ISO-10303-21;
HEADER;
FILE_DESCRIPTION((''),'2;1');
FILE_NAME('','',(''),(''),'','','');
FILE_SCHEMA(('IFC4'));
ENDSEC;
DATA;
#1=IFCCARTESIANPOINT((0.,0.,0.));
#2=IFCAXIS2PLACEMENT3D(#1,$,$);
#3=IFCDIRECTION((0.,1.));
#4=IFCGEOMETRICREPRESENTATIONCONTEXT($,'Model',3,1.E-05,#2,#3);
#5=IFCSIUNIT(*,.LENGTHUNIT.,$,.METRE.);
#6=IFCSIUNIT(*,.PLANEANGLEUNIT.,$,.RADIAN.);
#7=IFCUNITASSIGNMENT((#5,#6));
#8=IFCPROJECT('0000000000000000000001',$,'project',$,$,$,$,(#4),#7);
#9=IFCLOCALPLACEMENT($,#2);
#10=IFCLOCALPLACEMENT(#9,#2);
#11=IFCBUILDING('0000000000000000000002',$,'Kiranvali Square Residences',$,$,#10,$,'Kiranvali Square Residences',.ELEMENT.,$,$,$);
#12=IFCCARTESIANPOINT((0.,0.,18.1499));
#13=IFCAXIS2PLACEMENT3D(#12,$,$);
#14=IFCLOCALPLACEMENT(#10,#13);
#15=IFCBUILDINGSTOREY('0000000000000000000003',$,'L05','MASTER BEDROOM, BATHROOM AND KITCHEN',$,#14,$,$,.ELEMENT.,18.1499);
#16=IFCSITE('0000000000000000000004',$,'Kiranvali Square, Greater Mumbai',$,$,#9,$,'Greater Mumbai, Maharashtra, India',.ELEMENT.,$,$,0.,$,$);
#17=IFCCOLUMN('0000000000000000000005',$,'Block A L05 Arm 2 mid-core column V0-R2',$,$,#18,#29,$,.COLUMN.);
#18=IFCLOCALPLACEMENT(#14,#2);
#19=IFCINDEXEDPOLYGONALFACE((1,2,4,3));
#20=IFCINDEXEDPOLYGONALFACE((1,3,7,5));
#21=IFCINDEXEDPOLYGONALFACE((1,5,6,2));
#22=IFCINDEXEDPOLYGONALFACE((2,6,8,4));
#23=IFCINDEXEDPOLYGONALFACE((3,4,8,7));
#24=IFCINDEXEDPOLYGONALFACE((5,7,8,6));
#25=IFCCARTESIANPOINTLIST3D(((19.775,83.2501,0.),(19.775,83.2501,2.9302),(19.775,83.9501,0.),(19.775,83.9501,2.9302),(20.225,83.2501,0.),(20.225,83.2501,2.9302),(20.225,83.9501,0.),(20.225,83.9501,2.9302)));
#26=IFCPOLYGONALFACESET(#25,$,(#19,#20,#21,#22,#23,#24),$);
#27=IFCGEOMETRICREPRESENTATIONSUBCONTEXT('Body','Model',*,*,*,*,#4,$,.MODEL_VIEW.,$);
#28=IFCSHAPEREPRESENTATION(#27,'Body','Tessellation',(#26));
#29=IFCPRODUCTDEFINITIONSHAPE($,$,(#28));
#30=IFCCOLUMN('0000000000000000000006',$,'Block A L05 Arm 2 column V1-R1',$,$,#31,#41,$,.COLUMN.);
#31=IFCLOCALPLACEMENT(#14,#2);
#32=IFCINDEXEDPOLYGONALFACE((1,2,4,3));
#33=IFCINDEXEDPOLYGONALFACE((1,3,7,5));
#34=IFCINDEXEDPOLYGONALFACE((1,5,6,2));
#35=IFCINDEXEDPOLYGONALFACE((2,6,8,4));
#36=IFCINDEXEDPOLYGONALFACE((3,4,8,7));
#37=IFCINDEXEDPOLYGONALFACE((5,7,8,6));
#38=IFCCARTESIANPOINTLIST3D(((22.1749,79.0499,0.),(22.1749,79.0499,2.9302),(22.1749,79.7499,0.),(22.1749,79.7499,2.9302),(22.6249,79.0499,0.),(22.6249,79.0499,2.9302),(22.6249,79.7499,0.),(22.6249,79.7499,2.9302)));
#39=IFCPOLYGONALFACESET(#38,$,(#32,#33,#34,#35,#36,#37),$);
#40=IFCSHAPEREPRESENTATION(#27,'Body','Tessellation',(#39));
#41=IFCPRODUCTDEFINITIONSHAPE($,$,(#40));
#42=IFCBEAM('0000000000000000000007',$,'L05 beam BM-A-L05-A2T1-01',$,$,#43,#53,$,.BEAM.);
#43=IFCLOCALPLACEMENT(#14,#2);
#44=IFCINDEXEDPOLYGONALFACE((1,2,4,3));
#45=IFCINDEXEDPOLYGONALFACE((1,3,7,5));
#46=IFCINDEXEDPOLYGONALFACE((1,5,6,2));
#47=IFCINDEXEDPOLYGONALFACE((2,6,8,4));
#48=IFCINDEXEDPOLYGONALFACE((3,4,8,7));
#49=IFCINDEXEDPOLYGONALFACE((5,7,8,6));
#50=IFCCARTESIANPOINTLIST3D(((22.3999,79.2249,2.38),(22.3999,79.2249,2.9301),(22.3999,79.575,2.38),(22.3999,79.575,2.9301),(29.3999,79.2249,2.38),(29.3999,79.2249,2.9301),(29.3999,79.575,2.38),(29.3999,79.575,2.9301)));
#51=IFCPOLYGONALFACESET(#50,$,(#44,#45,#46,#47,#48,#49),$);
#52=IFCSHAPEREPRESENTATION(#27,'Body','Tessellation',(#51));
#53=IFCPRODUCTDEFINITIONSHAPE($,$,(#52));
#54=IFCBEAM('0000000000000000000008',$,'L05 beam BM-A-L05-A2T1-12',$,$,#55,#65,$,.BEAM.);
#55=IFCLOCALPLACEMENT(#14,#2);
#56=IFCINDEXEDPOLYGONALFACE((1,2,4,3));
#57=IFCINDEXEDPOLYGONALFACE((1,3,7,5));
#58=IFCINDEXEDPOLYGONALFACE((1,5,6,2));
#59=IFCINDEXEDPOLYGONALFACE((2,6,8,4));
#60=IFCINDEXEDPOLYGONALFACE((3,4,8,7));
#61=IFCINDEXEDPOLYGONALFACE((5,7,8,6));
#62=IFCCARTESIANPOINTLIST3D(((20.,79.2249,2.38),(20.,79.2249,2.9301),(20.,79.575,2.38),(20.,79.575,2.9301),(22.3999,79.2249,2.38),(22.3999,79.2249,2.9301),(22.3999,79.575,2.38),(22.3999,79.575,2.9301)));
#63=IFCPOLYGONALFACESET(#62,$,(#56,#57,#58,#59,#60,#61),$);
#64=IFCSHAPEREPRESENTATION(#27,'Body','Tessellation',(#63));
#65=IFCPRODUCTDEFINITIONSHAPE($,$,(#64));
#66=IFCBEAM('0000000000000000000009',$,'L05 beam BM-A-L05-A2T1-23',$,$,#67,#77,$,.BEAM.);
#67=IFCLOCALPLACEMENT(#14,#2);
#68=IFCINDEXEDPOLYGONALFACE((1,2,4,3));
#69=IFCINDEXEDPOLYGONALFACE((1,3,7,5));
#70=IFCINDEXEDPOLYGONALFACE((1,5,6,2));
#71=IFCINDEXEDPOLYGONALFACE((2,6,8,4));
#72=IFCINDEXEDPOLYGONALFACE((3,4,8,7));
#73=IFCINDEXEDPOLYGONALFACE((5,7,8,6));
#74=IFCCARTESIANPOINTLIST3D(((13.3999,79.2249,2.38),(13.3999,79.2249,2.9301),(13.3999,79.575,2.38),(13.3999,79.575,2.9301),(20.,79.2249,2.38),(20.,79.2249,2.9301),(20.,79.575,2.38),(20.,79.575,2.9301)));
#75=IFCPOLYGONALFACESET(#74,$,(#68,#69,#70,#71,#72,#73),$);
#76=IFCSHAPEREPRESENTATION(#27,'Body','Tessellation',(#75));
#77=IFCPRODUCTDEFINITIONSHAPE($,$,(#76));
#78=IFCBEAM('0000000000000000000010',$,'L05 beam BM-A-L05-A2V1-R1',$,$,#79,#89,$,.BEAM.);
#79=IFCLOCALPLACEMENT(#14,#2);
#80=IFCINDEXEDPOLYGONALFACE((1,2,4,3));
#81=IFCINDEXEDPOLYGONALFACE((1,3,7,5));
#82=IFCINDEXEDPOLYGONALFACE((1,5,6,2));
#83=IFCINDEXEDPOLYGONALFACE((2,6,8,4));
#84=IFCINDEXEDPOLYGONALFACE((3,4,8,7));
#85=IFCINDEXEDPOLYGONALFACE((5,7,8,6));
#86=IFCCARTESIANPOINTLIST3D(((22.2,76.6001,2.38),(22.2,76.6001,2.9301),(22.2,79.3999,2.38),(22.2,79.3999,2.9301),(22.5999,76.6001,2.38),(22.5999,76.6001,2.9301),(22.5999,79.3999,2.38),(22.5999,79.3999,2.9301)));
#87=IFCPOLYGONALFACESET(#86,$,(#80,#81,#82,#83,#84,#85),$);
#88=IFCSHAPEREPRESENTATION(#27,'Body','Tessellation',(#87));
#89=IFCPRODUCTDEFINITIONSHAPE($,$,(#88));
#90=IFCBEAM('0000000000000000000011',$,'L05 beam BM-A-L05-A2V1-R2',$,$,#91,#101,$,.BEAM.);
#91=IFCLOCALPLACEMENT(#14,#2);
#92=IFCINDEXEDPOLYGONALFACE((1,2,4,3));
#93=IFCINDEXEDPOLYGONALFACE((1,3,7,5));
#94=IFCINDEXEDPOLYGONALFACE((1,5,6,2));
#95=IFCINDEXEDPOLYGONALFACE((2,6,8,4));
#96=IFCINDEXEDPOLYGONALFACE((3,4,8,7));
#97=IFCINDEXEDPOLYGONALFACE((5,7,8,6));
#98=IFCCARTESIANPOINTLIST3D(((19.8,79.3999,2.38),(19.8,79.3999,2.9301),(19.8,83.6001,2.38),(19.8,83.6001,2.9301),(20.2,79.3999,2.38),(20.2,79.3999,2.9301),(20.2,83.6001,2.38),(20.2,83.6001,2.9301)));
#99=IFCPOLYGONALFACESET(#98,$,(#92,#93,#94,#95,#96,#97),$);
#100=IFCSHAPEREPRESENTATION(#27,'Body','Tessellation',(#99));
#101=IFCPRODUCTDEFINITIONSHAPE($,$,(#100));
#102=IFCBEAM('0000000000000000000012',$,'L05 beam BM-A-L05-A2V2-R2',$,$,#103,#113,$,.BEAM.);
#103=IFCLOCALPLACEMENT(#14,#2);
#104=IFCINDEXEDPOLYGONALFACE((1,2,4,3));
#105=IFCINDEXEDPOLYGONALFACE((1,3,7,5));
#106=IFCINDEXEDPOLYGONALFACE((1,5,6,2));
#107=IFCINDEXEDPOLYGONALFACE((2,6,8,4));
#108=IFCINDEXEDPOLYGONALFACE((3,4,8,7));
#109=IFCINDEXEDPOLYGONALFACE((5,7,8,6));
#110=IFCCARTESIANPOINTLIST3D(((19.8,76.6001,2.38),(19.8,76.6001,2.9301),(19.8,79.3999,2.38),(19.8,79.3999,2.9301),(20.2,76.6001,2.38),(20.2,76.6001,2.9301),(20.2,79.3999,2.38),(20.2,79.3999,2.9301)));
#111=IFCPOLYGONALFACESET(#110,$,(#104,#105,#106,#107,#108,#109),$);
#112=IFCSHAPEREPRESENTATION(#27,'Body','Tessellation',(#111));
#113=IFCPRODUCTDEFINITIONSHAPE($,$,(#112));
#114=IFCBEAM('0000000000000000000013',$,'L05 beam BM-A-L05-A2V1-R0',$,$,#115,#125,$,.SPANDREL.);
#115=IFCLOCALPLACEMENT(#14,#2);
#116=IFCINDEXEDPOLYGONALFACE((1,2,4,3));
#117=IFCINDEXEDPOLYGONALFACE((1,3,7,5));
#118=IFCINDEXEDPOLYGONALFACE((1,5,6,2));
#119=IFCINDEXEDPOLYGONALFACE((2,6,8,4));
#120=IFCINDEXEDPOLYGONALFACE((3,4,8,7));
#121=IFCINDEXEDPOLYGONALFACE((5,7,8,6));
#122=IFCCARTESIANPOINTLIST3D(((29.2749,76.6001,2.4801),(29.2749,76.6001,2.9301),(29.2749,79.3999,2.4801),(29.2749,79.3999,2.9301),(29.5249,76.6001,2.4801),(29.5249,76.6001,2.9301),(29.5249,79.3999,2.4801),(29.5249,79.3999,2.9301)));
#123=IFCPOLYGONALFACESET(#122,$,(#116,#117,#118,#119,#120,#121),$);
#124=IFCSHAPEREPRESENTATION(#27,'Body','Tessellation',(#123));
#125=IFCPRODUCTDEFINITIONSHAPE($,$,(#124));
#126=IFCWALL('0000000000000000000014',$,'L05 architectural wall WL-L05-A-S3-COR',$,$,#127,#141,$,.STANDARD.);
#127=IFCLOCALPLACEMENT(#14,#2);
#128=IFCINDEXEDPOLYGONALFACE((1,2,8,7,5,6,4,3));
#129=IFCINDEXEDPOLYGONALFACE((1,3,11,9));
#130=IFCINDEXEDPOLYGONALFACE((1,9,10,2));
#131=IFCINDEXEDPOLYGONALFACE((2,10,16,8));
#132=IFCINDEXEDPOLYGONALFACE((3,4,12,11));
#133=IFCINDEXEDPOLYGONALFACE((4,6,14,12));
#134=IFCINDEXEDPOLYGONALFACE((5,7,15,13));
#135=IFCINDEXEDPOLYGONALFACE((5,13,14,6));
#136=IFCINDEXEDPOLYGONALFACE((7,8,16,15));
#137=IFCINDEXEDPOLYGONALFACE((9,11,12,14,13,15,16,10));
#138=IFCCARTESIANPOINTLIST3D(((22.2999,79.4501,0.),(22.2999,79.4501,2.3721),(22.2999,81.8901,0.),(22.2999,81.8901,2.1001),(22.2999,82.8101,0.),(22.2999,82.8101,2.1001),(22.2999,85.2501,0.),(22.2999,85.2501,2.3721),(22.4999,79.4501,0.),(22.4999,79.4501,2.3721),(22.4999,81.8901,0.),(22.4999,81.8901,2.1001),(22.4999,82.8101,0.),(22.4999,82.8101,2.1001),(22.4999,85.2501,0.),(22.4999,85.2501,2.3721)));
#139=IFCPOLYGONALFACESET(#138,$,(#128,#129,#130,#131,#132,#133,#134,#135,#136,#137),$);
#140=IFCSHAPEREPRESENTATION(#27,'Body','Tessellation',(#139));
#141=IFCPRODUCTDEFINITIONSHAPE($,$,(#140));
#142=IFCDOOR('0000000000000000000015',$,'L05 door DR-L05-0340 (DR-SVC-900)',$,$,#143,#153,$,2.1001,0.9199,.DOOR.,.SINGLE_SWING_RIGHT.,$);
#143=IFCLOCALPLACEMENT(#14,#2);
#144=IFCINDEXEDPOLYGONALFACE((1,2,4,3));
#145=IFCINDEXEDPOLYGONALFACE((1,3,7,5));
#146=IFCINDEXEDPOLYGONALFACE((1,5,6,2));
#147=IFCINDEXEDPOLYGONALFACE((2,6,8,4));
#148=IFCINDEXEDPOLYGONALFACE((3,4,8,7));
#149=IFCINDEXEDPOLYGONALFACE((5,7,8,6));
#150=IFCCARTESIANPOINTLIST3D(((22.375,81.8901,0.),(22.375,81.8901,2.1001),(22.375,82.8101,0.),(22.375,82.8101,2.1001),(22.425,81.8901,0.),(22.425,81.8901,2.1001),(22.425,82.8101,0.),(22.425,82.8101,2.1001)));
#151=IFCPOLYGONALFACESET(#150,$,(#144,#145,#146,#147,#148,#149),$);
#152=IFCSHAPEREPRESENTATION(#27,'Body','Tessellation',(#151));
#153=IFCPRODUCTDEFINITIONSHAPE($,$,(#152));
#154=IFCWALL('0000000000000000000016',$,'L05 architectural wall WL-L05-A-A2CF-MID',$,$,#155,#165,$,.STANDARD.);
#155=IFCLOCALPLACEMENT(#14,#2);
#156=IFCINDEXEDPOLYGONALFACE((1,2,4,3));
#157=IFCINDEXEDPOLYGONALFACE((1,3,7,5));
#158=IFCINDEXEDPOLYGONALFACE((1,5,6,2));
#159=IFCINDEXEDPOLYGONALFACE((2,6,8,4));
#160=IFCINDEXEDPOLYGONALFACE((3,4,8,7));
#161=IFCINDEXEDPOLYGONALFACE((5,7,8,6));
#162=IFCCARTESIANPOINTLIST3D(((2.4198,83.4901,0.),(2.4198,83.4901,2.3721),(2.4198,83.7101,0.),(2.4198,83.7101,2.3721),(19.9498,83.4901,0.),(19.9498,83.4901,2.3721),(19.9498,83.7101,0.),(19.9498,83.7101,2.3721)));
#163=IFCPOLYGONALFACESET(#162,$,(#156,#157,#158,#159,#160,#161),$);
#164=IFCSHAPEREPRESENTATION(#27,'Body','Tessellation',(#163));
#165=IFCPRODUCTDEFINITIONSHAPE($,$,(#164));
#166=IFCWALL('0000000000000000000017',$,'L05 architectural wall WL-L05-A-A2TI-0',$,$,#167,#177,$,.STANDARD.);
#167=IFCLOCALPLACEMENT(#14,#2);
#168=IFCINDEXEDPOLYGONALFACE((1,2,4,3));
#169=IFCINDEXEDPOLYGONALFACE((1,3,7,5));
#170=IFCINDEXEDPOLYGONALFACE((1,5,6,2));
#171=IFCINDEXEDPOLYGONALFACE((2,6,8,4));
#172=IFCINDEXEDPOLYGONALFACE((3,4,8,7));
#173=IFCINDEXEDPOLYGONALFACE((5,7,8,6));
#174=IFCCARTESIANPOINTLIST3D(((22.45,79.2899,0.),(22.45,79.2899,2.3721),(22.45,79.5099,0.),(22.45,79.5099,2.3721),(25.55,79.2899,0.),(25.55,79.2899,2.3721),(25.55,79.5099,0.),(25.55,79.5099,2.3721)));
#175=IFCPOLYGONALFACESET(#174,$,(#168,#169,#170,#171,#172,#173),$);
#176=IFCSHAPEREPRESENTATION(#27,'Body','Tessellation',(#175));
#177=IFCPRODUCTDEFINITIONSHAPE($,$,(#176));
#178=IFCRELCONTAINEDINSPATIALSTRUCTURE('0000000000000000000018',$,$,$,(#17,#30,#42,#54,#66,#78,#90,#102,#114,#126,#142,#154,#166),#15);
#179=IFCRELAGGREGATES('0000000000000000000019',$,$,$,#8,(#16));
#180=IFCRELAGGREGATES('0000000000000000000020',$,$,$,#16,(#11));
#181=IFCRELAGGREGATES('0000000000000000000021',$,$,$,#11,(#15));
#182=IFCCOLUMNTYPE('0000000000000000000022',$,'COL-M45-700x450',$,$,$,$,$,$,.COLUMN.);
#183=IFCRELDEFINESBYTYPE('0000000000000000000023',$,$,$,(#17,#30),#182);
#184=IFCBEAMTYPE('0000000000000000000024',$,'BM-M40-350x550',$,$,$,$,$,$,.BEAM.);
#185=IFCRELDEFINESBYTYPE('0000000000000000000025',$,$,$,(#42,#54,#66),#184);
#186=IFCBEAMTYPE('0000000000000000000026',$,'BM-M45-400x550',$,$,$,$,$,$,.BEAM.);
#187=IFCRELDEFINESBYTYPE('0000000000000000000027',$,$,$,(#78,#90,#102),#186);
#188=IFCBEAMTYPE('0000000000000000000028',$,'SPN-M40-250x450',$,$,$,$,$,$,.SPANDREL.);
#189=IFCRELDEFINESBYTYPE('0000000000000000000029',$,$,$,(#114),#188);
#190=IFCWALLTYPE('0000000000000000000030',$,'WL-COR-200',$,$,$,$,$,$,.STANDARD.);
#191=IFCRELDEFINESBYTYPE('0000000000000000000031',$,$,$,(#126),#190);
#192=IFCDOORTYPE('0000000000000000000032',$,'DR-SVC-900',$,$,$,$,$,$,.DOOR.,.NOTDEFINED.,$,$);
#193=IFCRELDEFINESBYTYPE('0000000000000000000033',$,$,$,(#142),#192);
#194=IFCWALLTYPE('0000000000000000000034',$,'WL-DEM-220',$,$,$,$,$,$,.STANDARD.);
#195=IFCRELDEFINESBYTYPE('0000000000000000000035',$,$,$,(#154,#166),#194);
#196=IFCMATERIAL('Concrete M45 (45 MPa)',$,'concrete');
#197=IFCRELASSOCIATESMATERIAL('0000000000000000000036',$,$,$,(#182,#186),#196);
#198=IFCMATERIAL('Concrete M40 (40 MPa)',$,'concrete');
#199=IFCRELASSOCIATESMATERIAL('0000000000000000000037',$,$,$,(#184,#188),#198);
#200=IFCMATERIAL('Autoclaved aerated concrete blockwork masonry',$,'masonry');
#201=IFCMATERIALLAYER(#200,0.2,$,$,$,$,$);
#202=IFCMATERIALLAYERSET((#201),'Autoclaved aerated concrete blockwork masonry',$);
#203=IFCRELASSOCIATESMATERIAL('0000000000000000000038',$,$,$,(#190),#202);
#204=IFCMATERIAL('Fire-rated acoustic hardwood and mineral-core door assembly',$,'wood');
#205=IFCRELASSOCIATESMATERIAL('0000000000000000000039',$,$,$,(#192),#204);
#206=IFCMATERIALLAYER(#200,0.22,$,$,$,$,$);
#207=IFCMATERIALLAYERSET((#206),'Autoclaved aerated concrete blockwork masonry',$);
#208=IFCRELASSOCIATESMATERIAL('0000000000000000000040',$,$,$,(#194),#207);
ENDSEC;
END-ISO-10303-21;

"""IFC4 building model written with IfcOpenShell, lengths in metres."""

from ifc_helpers import new_model, si_unit, direction, frame, frame_2d, origin, origin_2d, place, context, subcontext, project, spatial, rectangle, extrude, material, layer, layer_set, material_profile, profile_set, type_object, element, fill, save


model = new_model("IFC4")

# Units and contexts
model_context = context("Model", 3, precision=1e-05, world=origin(), true_north=direction((0.0, 1.0)))
body_context = subcontext(model_context, "Body", "Model", "MODEL_VIEW")
ifc_project = project(units=[si_unit("LENGTHUNIT", "METRE"), si_unit("PLANEANGLEUNIT", "RADIAN")], contexts=[model_context])

# Site, building, storey
site_placement = place(None, origin())
site = spatial("IfcSite", under=ifc_project, at=site_placement, Name="Kiranvali Square, Greater Mumbai", LongName="Greater Mumbai, Maharashtra, India", CompositionType="ELEMENT", RefElevation=0.0)
building_placement = place(site_placement, origin())
building = spatial("IfcBuilding", under=site, at=building_placement, Name="Kiranvali Square Residences", LongName="Kiranvali Square Residences", CompositionType="ELEMENT")
storey_placement = place(building_placement, frame((0.0, 0.0, 18.1499)))
storey = spatial("IfcBuildingStorey", under=building, at=storey_placement, Name="L05", Description="MASTER BEDROOM, BATHROOM AND KITCHEN", CompositionType="ELEMENT", Elevation=18.1499)

# Columns
ifc_material_1 = material(Name="Concrete M45 (45 MPa)", Category="concrete")
ifc_material_profile_1 = material_profile(ifc_material_1, rectangle(XDim=0.45, YDim=0.7, at=origin_2d()), Name="RC 700x450")
ifc_profile_set_1 = profile_set([ifc_material_profile_1], Name="Concrete M45 (45 MPa)")
column_type = type_object("IfcColumnType", Name="COL-M45-700x450", PredefinedType="COLUMN", material=ifc_profile_set_1)
for number, where, z_axis, x_axis, name in (
    (1, (20.0, 83.6001, 0.0), (0.0, 0.0, 1.0), (1.0, 0.0, 0.0), "Block A L05 Arm 2 mid-core column V0-R2"),
    (2, (22.3999, 79.3999, 0.0), (0.0, 0.0, 1.0), (1.0, 0.0, 0.0), "Block A L05 Arm 2 column V1-R1"),
):
    element("IfcColumn", number, at=place(storey_placement, frame(where, z_axis=z_axis, x_axis=x_axis)), inside=storey, type_object=column_type, Name=name, PredefinedType="COLUMN", context=body_context, shape_type="SweptSolid", body=[
        extrude(rectangle(XDim=0.45, YDim=0.7, at=origin_2d()), origin(), (0.0, 0.0, 1.0), 2.9302),
    ])

# Beams
ifc_material_2 = material(Name="Concrete M40 (40 MPa)", Category="concrete")
ifc_material_profile_2 = material_profile(ifc_material_2, rectangle(XDim=0.3501, YDim=0.55, at=origin_2d()), Name="RC 350x550")
ifc_profile_set_2 = profile_set([ifc_material_profile_2], Name="Concrete M40 (40 MPa)")
beam_type_1 = type_object("IfcBeamType", Name="BM-M40-350x550", PredefinedType="BEAM", material=ifc_profile_set_2)
beam_1_placement = place(storey_placement, frame((29.3999, 79.3999, 2.655), z_axis=(-1.0, 0.0, 0.0), x_axis=(0.0, -1.0, 0.0)))
element("IfcBeam", 3, at=beam_1_placement, inside=storey, type_object=beam_type_1, Name="L05 beam BM-A-L05-A2T1-01", PredefinedType="BEAM", context=body_context, shape_type="SweptSolid", body=[
    extrude(rectangle(XDim=0.3501, YDim=0.55, at=origin_2d()), origin(), (0.0, 0.0, 1.0), 7.0),
])
beam_2_placement = place(storey_placement, frame((22.3999, 79.3999, 2.655), z_axis=(-1.0, 0.0, 0.0), x_axis=(0.0, -1.0, 0.0)))
element("IfcBeam", 4, at=beam_2_placement, inside=storey, type_object=beam_type_1, Name="L05 beam BM-A-L05-A2T1-12", PredefinedType="BEAM", context=body_context, shape_type="SweptSolid", body=[
    extrude(rectangle(XDim=0.3501, YDim=0.55, at=origin_2d()), origin(), (0.0, 0.0, 1.0), 2.3999),
])
beam_3_placement = place(storey_placement, frame((20.0, 79.3999, 2.655), z_axis=(-1.0, 0.0, 0.0), x_axis=(0.0, -1.0, 0.0)))
element("IfcBeam", 5, at=beam_3_placement, inside=storey, type_object=beam_type_1, Name="L05 beam BM-A-L05-A2T1-23", PredefinedType="BEAM", context=body_context, shape_type="SweptSolid", body=[
    extrude(rectangle(XDim=0.3501, YDim=0.55, at=origin_2d()), origin(), (0.0, 0.0, 1.0), 6.6001),
])
ifc_material_profile_3 = material_profile(ifc_material_1, rectangle(XDim=0.3999, YDim=0.55, at=origin_2d()), Name="RC 400x550")
ifc_profile_set_3 = profile_set([ifc_material_profile_3], Name="Concrete M45 (45 MPa)")
beam_type_2 = type_object("IfcBeamType", Name="BM-M45-400x550", PredefinedType="BEAM", material=ifc_profile_set_3)
beam_4_placement = place(storey_placement, frame((22.3999, 79.3999, 2.655), z_axis=(0.0, -1.0, 0.0), x_axis=(1.0, 0.0, 0.0)))
element("IfcBeam", 6, at=beam_4_placement, inside=storey, type_object=beam_type_2, Name="L05 beam BM-A-L05-A2V1-R1", PredefinedType="BEAM", context=body_context, shape_type="SweptSolid", body=[
    extrude(rectangle(XDim=0.3999, YDim=0.55, at=origin_2d()), origin(), (0.0, 0.0, 1.0), 2.7998),
])
beam_5_placement = place(storey_placement, frame((20.0, 83.6001, 2.655), z_axis=(0.0, -1.0, 0.0), x_axis=(1.0, 0.0, 0.0)))
element("IfcBeam", 7, at=beam_5_placement, inside=storey, type_object=beam_type_2, Name="L05 beam BM-A-L05-A2V1-R2", PredefinedType="BEAM", context=body_context, shape_type="SweptSolid", body=[
    extrude(rectangle(XDim=0.3999, YDim=0.55, at=origin_2d()), origin(), (0.0, 0.0, 1.0), 4.2002),
])
beam_6_placement = place(storey_placement, frame((20.0, 79.3999, 2.655), z_axis=(0.0, -1.0, 0.0), x_axis=(1.0, 0.0, 0.0)))
element("IfcBeam", 8, at=beam_6_placement, inside=storey, type_object=beam_type_2, Name="L05 beam BM-A-L05-A2V2-R2", PredefinedType="BEAM", context=body_context, shape_type="SweptSolid", body=[
    extrude(rectangle(XDim=0.3999, YDim=0.55, at=origin_2d()), origin(), (0.0, 0.0, 1.0), 2.7998),
])
ifc_material_profile_4 = material_profile(ifc_material_2, rectangle(XDim=0.25, YDim=0.45, at=origin_2d()), Name="RC 250x450")
ifc_profile_set_4 = profile_set([ifc_material_profile_4], Name="Concrete M40 (40 MPa)")
beam_type_3 = type_object("IfcBeamType", Name="SPN-M40-250x450", PredefinedType="SPANDREL", material=ifc_profile_set_4)
beam_7_placement = place(storey_placement, frame((29.3999, 79.3999, 2.7051), z_axis=(0.0, -1.0, 0.0), x_axis=(1.0, 0.0, 0.0)))
element("IfcBeam", 9, at=beam_7_placement, inside=storey, type_object=beam_type_3, Name="L05 beam BM-A-L05-A2V1-R0", PredefinedType="SPANDREL", context=body_context, shape_type="SweptSolid", body=[
    extrude(rectangle(XDim=0.25, YDim=0.45, at=origin_2d()), origin(), (0.0, 0.0, 1.0), 2.7998),
])

# Wall, opening, door
ifc_material_3 = material(Name="Autoclaved aerated concrete blockwork masonry", Category="masonry")
ifc_layer_1 = layer(ifc_material_3, 0.2)
ifc_layer_set_1 = layer_set([ifc_layer_1], Name="Autoclaved aerated concrete blockwork masonry")
wall_type_1 = type_object("IfcWallType", Name="WL-COR-200", PredefinedType="STANDARD", material=ifc_layer_set_1)
wall_1_placement = place(storey_placement, frame((22.3999, 85.25, 0.0), z_axis=(0.0, 0.0, 1.0), x_axis=(0.0, -1.0, 0.0)))
wall_1 = element("IfcWall", 10, at=wall_1_placement, inside=storey, type_object=wall_type_1, Name="L05 architectural wall WL-L05-A-S3-COR", PredefinedType="STANDARD", context=body_context, shape_type="SweptSolid", body=[
    extrude(rectangle(XDim=5.8, YDim=0.2, at=frame_2d((2.8999, 0.0))), origin(), (0.0, 0.0, 1.0), 2.3721),
])
opening_1_placement = place(wall_1_placement, frame((2.4399, 0.0, 0.0)))
opening_1 = element("IfcOpeningElement", 11, at=opening_1_placement, cuts=wall_1, PredefinedType="OPENING", context=body_context, shape_type="SweptSolid", body=[
    extrude(rectangle(XDim=0.9199, YDim=2.1001, at=frame_2d((0.46, 1.05))), frame((0.0, 0.1099, 0.0), z_axis=(0.0, -1.0, 0.0), x_axis=(1.0, 0.0, 0.0)), (0.0, 0.0, 1.0), 0.22),
])
ifc_material_4 = material(Name="Fire-rated acoustic hardwood and mineral-core door assembly", Category="wood")
door_type_1 = type_object("IfcDoorType", Name="DR-SVC-900", OperationType="NOTDEFINED", PredefinedType="DOOR", material=ifc_material_4)
door_1_placement = place(opening_1_placement, frame((0.9199, 0.0, 0.0), z_axis=(0.0, 0.0, 1.0), x_axis=(-1.0, 0.0, 0.0)))
door_1 = element("IfcDoor", 12, at=door_1_placement, inside=storey, type_object=door_type_1, Name="L05 door DR-L05-0340 (DR-SVC-900)", OperationType="SINGLE_SWING_RIGHT", OverallHeight=2.1001, OverallWidth=0.9199, PredefinedType="DOOR", context=body_context, shape_type="SweptSolid", body=[
    extrude(rectangle(XDim=0.9199, YDim=2.1001, at=frame_2d((0.46, 1.05))), frame((0.0, 0.0249, 0.0), z_axis=(0.0, -1.0, 0.0), x_axis=(1.0, 0.0, 0.0)), (0.0, 0.0, 1.0), 0.05),
])
fill(opening_1, door_1)

# Walls
ifc_layer_2 = layer(ifc_material_3, 0.22)
ifc_layer_set_2 = layer_set([ifc_layer_2], Name="Autoclaved aerated concrete blockwork masonry")
wall_type_2 = type_object("IfcWallType", Name="WL-DEM-220", PredefinedType="STANDARD", material=ifc_layer_set_2)
wall_2_placement = place(storey_placement, frame((19.95, 83.6001, 0.0), z_axis=(0.0, 0.0, 1.0), x_axis=(-1.0, 0.0, 0.0)))
element("IfcWall", 13, at=wall_2_placement, inside=storey, type_object=wall_type_2, Name="L05 architectural wall WL-L05-A-A2CF-MID", PredefinedType="STANDARD", context=body_context, shape_type="SweptSolid", body=[
    extrude(rectangle(XDim=17.53, YDim=0.22, at=frame_2d((8.7651, 0.0))), origin(), (0.0, 0.0, 1.0), 2.3721),
])
wall_3_placement = place(storey_placement, frame((25.55, 79.3999, 0.0), z_axis=(0.0, 0.0, 1.0), x_axis=(-1.0, 0.0, 0.0)))
element("IfcWall", 14, at=wall_3_placement, inside=storey, type_object=wall_type_2, Name="L05 architectural wall WL-L05-A-A2TI-0", PredefinedType="STANDARD", context=body_context, shape_type="SweptSolid", body=[
    extrude(rectangle(XDim=3.1001, YDim=0.22, at=frame_2d((1.55, 0.0))), origin(), (0.0, 0.0, 1.0), 2.3721),
])

save(model, "model.ifc")
